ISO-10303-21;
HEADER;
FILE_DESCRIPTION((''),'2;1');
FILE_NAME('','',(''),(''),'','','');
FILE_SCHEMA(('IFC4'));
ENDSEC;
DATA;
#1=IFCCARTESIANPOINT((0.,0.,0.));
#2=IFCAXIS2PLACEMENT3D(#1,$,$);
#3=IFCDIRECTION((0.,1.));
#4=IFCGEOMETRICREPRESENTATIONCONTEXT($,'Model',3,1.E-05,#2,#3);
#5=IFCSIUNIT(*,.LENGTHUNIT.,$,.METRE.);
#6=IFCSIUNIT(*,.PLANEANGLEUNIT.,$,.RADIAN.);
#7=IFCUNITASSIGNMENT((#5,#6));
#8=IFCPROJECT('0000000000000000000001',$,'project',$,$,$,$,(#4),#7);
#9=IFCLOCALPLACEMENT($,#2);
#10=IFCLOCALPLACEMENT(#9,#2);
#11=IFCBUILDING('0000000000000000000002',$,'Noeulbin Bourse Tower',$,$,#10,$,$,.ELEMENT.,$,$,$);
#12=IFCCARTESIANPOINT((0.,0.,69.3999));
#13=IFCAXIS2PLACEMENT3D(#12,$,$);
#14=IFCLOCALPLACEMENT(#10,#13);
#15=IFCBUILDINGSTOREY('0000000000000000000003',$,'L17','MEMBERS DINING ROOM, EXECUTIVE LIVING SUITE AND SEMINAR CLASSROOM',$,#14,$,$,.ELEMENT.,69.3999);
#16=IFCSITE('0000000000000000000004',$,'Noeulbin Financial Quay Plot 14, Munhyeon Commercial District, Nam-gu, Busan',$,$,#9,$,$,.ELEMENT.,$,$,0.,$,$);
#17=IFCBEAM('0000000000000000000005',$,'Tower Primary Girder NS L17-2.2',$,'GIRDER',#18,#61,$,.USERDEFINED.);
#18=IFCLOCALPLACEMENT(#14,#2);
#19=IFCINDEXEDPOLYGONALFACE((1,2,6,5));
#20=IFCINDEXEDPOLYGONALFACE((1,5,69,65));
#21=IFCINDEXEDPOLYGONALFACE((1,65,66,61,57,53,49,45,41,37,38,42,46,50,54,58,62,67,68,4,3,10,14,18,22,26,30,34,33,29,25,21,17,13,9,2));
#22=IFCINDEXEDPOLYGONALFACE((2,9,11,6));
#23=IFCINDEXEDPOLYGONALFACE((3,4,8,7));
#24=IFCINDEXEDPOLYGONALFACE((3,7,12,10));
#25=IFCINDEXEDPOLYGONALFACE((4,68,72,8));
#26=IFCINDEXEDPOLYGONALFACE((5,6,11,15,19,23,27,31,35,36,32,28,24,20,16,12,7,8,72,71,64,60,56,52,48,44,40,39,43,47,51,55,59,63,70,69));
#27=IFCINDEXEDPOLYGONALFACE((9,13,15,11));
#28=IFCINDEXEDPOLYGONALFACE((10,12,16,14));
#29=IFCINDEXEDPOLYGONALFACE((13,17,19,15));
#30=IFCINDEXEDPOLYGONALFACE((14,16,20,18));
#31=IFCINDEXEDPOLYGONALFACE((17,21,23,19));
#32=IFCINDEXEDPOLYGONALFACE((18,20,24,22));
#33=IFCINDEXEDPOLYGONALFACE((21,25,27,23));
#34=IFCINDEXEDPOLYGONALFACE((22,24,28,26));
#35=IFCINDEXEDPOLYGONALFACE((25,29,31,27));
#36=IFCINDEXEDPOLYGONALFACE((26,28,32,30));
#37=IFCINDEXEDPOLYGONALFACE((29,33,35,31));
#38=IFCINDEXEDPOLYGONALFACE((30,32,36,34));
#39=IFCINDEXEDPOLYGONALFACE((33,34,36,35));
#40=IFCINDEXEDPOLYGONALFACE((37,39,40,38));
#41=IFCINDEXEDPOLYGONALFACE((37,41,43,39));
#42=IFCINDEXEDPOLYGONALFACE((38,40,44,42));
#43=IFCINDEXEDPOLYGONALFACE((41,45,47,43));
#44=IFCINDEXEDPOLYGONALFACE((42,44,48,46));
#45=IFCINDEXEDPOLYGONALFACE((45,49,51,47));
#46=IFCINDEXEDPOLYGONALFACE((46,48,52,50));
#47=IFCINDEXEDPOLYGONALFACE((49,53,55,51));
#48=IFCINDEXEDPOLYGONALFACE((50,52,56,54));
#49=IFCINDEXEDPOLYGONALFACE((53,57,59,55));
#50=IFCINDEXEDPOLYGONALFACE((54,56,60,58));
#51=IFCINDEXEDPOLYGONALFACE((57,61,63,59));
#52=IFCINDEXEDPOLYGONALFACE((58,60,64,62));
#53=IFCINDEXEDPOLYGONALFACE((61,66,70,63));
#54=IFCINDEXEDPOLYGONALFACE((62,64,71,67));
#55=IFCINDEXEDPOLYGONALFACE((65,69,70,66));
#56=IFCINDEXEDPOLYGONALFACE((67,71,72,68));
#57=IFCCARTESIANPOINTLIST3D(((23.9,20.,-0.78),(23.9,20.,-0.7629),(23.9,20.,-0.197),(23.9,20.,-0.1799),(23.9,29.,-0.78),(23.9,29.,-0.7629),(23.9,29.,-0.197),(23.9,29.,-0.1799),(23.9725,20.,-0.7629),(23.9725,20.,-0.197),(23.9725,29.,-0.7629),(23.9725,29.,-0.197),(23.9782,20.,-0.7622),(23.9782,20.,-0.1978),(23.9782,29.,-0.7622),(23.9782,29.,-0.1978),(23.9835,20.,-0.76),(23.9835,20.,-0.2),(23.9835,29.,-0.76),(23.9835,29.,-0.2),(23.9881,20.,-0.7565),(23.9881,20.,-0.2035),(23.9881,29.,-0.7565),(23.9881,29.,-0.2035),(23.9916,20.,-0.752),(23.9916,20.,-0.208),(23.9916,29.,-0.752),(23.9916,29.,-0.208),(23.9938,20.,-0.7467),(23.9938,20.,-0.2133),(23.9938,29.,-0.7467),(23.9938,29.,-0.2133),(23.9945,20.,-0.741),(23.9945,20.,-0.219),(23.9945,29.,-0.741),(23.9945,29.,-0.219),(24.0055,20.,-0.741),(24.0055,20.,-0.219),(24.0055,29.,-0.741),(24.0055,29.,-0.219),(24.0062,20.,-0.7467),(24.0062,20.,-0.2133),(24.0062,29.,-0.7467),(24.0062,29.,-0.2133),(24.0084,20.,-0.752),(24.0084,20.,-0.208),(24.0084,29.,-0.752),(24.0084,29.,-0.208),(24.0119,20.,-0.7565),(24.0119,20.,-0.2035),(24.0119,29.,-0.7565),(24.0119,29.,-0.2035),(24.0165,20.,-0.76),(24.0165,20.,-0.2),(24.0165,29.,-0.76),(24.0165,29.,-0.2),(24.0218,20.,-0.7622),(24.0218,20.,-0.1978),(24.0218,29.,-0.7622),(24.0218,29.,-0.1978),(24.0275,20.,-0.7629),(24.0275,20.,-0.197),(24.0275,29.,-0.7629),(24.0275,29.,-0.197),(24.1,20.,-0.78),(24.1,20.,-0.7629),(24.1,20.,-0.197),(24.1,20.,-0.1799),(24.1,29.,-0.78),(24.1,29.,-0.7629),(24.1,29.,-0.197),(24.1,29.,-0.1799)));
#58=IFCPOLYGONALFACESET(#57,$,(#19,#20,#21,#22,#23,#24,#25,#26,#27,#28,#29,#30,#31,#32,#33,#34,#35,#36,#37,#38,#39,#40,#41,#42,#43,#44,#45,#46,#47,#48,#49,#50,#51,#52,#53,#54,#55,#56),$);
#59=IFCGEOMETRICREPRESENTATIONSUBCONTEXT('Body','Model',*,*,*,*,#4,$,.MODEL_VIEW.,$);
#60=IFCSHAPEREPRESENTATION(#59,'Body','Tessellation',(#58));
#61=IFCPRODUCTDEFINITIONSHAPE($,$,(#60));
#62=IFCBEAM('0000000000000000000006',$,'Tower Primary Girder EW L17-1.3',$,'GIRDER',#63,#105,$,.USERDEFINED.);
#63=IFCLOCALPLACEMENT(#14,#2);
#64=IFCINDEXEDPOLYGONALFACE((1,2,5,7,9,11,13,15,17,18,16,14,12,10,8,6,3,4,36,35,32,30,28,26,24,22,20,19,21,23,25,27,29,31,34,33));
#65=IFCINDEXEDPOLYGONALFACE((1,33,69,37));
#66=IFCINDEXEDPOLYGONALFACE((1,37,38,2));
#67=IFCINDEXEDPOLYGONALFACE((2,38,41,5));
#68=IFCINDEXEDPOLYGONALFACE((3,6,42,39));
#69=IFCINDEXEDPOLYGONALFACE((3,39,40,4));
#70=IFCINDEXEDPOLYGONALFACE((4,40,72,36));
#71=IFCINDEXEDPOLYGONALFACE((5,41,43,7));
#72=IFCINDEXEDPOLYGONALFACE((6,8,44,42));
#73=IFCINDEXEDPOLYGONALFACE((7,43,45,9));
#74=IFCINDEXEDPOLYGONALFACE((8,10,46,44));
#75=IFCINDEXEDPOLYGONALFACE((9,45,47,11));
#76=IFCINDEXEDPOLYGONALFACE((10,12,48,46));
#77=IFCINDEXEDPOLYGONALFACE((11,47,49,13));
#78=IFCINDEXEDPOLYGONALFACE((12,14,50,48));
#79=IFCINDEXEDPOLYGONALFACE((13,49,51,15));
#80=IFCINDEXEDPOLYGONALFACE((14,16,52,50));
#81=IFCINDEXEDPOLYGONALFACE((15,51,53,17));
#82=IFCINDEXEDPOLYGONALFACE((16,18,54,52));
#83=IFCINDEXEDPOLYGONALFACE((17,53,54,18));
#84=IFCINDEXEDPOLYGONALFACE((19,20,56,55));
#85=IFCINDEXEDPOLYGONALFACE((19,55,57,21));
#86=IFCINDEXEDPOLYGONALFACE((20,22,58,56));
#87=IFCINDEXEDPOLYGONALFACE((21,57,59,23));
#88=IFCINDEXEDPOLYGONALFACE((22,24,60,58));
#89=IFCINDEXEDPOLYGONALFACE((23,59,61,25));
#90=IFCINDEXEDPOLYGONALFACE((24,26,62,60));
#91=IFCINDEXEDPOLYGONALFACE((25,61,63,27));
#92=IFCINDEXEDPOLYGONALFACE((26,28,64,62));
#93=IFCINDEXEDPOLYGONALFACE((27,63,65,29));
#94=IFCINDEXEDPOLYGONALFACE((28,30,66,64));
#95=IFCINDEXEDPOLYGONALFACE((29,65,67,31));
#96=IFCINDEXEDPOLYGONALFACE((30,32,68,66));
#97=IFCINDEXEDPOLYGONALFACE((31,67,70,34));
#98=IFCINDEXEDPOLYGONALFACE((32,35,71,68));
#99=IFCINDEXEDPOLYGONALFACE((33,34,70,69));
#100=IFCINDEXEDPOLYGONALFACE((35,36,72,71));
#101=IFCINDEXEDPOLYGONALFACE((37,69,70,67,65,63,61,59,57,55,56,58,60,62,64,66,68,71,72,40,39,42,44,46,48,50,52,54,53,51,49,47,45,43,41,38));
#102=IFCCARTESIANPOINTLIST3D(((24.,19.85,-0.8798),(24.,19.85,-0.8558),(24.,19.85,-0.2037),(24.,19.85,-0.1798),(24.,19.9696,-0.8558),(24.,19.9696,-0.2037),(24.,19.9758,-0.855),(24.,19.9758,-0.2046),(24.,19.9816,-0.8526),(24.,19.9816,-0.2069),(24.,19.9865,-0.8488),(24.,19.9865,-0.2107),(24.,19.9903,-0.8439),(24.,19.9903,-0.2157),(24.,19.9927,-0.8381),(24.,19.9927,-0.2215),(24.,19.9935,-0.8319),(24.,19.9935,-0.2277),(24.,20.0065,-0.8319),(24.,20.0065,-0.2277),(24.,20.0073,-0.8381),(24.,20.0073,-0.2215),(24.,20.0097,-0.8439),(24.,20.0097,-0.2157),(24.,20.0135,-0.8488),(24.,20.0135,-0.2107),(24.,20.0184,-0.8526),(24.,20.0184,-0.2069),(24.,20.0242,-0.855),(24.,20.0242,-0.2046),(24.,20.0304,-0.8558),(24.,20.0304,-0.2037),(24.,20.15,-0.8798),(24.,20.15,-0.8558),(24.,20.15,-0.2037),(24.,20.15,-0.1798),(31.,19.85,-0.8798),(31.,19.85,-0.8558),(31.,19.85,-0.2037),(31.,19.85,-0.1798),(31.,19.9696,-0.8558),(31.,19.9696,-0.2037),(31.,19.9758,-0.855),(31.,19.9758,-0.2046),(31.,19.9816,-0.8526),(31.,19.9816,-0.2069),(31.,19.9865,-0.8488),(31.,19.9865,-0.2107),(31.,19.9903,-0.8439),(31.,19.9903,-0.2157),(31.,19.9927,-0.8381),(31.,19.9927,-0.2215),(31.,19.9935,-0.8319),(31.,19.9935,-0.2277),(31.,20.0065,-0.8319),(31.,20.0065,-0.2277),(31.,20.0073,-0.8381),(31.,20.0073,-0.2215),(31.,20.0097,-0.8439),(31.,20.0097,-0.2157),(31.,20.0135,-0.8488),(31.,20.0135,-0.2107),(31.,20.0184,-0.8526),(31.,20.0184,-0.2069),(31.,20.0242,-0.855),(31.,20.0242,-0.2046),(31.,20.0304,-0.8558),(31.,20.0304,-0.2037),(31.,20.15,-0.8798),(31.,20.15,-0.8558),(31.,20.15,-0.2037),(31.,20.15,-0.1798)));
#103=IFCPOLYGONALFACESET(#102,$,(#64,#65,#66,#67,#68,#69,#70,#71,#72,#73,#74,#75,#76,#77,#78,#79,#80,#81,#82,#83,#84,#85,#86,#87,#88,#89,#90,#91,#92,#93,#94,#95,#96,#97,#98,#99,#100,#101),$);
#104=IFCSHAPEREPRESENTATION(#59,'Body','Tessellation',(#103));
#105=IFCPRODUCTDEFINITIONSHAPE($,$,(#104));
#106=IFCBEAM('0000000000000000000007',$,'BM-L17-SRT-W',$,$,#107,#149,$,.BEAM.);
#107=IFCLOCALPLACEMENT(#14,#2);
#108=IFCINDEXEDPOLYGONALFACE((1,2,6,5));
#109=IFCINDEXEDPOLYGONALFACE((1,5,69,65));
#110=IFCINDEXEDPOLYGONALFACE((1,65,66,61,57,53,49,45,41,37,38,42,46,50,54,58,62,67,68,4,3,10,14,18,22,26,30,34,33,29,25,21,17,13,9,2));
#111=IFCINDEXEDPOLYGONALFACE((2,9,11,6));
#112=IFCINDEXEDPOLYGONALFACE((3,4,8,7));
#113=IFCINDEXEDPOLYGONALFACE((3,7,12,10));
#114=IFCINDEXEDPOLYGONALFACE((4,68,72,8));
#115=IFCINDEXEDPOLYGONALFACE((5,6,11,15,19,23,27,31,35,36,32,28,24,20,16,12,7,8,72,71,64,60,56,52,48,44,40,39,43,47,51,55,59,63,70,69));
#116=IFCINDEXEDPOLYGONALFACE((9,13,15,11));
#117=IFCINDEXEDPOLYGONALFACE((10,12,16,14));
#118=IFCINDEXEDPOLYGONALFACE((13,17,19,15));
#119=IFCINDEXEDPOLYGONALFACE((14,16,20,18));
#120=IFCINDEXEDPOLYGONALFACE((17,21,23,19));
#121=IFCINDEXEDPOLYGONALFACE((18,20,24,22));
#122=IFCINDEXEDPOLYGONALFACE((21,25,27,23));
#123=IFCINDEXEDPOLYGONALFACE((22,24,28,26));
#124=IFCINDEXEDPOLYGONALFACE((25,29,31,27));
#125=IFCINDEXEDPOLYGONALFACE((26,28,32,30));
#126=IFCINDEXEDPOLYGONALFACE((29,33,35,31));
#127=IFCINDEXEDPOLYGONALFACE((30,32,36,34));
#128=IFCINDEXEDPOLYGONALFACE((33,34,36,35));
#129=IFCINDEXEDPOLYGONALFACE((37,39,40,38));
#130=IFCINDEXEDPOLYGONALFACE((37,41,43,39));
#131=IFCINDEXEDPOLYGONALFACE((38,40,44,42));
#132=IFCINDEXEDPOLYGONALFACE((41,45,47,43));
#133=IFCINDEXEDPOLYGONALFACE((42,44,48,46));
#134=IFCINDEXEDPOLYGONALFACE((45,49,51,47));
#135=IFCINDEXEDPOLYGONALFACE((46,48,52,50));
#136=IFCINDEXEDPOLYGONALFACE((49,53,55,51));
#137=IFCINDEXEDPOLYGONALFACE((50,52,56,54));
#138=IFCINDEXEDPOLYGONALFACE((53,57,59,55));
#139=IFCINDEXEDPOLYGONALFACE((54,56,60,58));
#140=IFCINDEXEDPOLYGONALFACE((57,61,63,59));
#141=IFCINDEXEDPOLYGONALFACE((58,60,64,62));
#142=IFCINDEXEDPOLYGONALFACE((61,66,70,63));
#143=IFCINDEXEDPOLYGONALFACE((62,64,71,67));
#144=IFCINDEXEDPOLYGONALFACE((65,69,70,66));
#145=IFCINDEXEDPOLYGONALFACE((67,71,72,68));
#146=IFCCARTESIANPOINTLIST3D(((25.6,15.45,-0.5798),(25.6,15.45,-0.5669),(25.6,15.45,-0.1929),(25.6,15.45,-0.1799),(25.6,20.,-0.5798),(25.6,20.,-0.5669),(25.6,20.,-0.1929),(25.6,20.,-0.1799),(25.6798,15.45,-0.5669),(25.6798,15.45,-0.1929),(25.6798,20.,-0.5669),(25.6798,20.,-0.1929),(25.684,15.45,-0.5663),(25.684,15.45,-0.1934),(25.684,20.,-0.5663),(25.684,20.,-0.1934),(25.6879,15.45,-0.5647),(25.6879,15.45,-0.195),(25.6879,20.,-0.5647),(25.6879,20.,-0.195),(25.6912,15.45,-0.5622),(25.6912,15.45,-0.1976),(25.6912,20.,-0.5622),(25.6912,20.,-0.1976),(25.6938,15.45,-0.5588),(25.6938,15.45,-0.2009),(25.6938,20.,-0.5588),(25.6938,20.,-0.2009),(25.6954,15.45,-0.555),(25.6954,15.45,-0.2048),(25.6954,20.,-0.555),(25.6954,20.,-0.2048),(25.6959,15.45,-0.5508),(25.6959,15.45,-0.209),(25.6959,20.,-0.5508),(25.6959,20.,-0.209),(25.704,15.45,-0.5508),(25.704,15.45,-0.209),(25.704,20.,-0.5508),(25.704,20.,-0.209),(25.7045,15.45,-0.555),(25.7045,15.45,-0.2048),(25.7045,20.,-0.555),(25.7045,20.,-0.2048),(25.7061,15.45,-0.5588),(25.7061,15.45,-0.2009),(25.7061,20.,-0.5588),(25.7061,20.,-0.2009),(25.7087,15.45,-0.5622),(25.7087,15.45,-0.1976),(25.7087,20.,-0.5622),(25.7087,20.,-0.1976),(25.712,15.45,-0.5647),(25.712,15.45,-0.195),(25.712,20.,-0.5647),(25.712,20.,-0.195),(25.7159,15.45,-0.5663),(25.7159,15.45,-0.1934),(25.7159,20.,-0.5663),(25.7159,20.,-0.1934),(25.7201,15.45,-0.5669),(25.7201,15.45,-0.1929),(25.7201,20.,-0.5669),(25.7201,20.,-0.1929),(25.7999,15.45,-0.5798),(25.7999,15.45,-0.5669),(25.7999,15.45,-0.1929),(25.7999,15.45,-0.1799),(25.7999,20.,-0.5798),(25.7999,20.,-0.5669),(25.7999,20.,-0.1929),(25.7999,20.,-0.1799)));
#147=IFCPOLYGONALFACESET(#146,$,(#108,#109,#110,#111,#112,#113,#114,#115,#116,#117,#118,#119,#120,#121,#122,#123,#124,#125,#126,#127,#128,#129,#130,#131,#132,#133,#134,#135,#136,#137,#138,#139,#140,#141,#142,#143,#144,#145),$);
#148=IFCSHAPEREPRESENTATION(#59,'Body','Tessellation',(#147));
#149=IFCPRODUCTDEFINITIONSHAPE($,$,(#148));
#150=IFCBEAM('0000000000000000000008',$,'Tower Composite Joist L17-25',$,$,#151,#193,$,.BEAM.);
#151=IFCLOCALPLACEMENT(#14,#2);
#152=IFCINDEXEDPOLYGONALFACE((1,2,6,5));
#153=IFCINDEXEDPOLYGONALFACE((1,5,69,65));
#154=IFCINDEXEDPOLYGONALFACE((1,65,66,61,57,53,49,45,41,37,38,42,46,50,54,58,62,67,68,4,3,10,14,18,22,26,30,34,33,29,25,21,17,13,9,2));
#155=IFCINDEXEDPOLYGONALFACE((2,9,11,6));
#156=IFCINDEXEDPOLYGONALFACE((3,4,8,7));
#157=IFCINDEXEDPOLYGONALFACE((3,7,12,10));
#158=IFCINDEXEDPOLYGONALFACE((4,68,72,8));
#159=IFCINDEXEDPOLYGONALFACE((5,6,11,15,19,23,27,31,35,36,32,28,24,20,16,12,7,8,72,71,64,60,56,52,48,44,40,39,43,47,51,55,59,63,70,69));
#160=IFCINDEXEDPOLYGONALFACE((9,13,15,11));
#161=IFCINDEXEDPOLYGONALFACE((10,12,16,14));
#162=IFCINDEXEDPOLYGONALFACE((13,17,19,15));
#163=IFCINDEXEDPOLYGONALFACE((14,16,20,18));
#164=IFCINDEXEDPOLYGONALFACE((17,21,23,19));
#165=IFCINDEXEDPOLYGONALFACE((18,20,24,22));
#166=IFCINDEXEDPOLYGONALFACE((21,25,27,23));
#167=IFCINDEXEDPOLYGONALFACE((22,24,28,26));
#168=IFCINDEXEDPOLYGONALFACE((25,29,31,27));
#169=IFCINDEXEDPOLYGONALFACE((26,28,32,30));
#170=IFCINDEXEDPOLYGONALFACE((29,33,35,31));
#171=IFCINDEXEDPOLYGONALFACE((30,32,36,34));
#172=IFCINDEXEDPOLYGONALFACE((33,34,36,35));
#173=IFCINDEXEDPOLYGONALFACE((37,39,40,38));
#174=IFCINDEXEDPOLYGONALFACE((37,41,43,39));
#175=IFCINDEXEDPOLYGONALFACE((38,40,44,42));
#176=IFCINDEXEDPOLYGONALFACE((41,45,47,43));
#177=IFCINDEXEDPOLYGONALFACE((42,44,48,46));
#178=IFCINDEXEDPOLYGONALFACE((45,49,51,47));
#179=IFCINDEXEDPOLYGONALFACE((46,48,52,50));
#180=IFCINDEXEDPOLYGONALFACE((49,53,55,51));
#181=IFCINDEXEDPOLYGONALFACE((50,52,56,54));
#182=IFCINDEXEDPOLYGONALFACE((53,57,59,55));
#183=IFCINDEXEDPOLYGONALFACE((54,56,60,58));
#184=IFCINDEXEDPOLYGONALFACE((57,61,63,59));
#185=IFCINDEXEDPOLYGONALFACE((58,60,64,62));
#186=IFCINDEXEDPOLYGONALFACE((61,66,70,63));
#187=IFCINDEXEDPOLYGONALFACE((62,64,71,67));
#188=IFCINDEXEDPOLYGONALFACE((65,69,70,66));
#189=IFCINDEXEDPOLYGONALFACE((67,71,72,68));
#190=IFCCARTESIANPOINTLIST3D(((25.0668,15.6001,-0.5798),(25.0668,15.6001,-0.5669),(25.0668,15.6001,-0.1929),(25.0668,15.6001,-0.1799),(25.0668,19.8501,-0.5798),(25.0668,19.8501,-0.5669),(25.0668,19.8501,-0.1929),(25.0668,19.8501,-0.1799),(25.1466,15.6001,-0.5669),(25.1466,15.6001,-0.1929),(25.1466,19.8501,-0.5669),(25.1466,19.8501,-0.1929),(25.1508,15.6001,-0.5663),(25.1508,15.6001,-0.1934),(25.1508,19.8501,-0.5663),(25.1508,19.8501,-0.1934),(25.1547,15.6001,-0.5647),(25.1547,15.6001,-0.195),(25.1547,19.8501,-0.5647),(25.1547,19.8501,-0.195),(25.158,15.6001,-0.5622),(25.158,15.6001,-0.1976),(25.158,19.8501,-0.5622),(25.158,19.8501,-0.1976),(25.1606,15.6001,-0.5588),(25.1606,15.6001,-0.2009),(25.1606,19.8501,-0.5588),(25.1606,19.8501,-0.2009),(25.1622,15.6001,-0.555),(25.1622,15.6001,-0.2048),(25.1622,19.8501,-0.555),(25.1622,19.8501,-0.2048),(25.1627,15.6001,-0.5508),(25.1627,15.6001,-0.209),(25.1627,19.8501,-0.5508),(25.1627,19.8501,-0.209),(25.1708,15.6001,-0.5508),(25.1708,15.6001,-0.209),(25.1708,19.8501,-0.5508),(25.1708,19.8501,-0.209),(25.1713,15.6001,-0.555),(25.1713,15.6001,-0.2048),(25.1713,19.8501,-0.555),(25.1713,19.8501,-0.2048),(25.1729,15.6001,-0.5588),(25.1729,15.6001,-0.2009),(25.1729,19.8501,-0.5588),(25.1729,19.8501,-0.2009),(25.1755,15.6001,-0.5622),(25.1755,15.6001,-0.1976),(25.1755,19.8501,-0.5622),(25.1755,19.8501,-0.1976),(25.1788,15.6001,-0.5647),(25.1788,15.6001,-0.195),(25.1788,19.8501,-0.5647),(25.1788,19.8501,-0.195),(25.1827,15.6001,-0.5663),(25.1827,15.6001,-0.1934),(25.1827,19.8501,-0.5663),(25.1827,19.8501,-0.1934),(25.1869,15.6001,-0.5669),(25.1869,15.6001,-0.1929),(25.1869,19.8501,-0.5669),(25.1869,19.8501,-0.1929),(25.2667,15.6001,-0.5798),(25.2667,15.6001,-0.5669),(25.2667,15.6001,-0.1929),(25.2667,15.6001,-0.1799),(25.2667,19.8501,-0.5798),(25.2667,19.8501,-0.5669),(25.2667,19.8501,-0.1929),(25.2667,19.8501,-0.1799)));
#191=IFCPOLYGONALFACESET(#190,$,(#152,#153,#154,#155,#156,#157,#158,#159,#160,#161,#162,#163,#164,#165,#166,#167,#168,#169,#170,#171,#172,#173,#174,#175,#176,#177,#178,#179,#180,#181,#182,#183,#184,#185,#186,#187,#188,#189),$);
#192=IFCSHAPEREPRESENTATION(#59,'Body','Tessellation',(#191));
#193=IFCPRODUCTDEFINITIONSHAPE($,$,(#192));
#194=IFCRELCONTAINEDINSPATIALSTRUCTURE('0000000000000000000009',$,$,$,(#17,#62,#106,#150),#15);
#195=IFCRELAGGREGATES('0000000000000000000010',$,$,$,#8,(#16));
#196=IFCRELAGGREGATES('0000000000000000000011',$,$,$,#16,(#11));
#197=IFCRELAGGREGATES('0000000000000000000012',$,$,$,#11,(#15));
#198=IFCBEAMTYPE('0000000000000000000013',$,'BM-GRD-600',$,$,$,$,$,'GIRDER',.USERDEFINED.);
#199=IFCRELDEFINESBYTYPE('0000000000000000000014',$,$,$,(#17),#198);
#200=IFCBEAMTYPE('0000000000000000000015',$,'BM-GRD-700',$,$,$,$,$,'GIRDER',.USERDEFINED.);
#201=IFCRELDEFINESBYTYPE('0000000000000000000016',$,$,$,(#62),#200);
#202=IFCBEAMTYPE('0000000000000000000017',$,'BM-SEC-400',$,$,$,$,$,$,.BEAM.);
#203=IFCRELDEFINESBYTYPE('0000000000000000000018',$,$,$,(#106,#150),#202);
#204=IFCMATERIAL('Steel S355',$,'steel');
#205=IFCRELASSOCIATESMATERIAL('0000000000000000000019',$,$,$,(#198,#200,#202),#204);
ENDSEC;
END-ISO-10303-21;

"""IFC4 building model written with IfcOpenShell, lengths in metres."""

from ifc_helpers import new_model, si_unit, direction, frame, origin, origin_2d, place, context, subcontext, project, spatial, i_section, extrude, material, material_profile, profile_set, type_object, element, save


model = new_model("IFC4")

# Units and contexts
model_context = context("Model", 3, precision=1e-05, world=origin(), true_north=direction((0.0, 1.0)))
body_context = subcontext(model_context, "Body", "Model", "MODEL_VIEW")
ifc_project = project(units=[si_unit("LENGTHUNIT", "METRE"), si_unit("PLANEANGLEUNIT", "RADIAN")], contexts=[model_context])

# Site, building, storey
site_placement = place(None, origin())
site = spatial("IfcSite", under=ifc_project, at=site_placement, Name="Noeulbin Financial Quay Plot 14, Munhyeon Commercial District, Nam-gu, Busan", CompositionType="ELEMENT", RefElevation=0.0)
building_placement = place(site_placement, origin())
building = spatial("IfcBuilding", under=site, at=building_placement, Name="Noeulbin Bourse Tower", CompositionType="ELEMENT")
storey_placement = place(building_placement, frame((0.0, 0.0, 69.3999)))
storey = spatial("IfcBuildingStorey", under=building, at=storey_placement, Name="L17", Description="MEMBERS DINING ROOM, EXECUTIVE LIVING SUITE AND SEMINAR CLASSROOM", CompositionType="ELEMENT", Elevation=69.3999)

# Beams
ifc_material_1 = material(Name="Steel S355", Category="steel")
ifc_material_profile_1 = material_profile(ifc_material_1, i_section(OverallWidth=0.2, OverallDepth=0.6001, WebThickness=0.011, FlangeThickness=0.0171, FilletRadius=0.022, at=origin_2d()), Name="H-600x200x11x17", Category="LoadBearing")
ifc_profile_set_1 = profile_set([ifc_material_profile_1], Name="Steel S355")
beam_type_1 = type_object("IfcBeamType", Name="BM-GRD-600", ElementType="GIRDER", PredefinedType="USERDEFINED", material=ifc_profile_set_1)
beam_1_placement = place(storey_placement, frame((24.0, 20.0, -0.48), z_axis=(0.0, 1.0, 0.0), x_axis=(-1.0, 0.0, 0.0)))
element("IfcBeam", 1, at=beam_1_placement, inside=storey, type_object=beam_type_1, Name="Tower Primary Girder NS L17-2.2", ObjectType="GIRDER", PredefinedType="USERDEFINED", context=body_context, shape_type="SweptSolid", body=[
    extrude(i_section(OverallWidth=0.2, OverallDepth=0.6001, WebThickness=0.011, FlangeThickness=0.0171, FilletRadius=0.022, at=origin_2d()), origin(), (0.0, 0.0, 1.0), 9.0),
])
ifc_material_profile_2 = material_profile(ifc_material_1, i_section(OverallWidth=0.3, OverallDepth=0.7, WebThickness=0.0129, FlangeThickness=0.0239, FilletRadius=0.0239, at=origin_2d()), Name="H-700x300x13x24", Category="LoadBearing")
ifc_profile_set_2 = profile_set([ifc_material_profile_2], Name="Steel S355")
beam_type_2 = type_object("IfcBeamType", Name="BM-GRD-700", ElementType="GIRDER", PredefinedType="USERDEFINED", material=ifc_profile_set_2)
beam_2_placement = place(storey_placement, frame((24.0, 20.0, -0.5298), z_axis=(1.0, 0.0, 0.0), x_axis=(0.0, 1.0, 0.0)))
element("IfcBeam", 2, at=beam_2_placement, inside=storey, type_object=beam_type_2, Name="Tower Primary Girder EW L17-1.3", ObjectType="GIRDER", PredefinedType="USERDEFINED", context=body_context, shape_type="SweptSolid", body=[
    extrude(i_section(OverallWidth=0.3, OverallDepth=0.7, WebThickness=0.0129, FlangeThickness=0.0239, FilletRadius=0.0239, at=origin_2d()), origin(), (0.0, 0.0, 1.0), 7.0),
])
ifc_material_profile_3 = material_profile(ifc_material_1, i_section(OverallWidth=0.2, OverallDepth=0.3999, WebThickness=0.0081, FlangeThickness=0.0129, FilletRadius=0.0161, at=origin_2d()), Name="H-400x200x8x13", Category="LoadBearing")
ifc_profile_set_3 = profile_set([ifc_material_profile_3], Name="Steel S355")
beam_type_3 = type_object("IfcBeamType", Name="BM-SEC-400", PredefinedType="BEAM", material=ifc_profile_set_3)
beam_3_placement = place(storey_placement, frame((25.7, 15.45, -0.3799), z_axis=(0.0, 1.0, 0.0), x_axis=(-1.0, 0.0, 0.0)))
element("IfcBeam", 3, at=beam_3_placement, inside=storey, type_object=beam_type_3, Name="BM-L17-SRT-W", PredefinedType="BEAM", context=body_context, shape_type="SweptSolid", body=[
    extrude(i_section(OverallWidth=0.2, OverallDepth=0.3999, WebThickness=0.0081, FlangeThickness=0.0129, FilletRadius=0.0161, at=origin_2d()), origin(), (0.0, 0.0, 1.0), 4.55),
])
beam_4_placement = place(storey_placement, frame((25.1667, 15.6001, -0.3799), z_axis=(0.0, 1.0, 0.0), x_axis=(-1.0, 0.0, 0.0)))
element("IfcBeam", 4, at=beam_4_placement, inside=storey, type_object=beam_type_3, Name="Tower Composite Joist L17-25", PredefinedType="BEAM", context=body_context, shape_type="SweptSolid", body=[
    extrude(i_section(OverallWidth=0.2, OverallDepth=0.3999, WebThickness=0.0081, FlangeThickness=0.0129, FilletRadius=0.0161, at=origin_2d()), origin(), (0.0, 0.0, 1.0), 4.25),
])

save(model, "model.ifc")
